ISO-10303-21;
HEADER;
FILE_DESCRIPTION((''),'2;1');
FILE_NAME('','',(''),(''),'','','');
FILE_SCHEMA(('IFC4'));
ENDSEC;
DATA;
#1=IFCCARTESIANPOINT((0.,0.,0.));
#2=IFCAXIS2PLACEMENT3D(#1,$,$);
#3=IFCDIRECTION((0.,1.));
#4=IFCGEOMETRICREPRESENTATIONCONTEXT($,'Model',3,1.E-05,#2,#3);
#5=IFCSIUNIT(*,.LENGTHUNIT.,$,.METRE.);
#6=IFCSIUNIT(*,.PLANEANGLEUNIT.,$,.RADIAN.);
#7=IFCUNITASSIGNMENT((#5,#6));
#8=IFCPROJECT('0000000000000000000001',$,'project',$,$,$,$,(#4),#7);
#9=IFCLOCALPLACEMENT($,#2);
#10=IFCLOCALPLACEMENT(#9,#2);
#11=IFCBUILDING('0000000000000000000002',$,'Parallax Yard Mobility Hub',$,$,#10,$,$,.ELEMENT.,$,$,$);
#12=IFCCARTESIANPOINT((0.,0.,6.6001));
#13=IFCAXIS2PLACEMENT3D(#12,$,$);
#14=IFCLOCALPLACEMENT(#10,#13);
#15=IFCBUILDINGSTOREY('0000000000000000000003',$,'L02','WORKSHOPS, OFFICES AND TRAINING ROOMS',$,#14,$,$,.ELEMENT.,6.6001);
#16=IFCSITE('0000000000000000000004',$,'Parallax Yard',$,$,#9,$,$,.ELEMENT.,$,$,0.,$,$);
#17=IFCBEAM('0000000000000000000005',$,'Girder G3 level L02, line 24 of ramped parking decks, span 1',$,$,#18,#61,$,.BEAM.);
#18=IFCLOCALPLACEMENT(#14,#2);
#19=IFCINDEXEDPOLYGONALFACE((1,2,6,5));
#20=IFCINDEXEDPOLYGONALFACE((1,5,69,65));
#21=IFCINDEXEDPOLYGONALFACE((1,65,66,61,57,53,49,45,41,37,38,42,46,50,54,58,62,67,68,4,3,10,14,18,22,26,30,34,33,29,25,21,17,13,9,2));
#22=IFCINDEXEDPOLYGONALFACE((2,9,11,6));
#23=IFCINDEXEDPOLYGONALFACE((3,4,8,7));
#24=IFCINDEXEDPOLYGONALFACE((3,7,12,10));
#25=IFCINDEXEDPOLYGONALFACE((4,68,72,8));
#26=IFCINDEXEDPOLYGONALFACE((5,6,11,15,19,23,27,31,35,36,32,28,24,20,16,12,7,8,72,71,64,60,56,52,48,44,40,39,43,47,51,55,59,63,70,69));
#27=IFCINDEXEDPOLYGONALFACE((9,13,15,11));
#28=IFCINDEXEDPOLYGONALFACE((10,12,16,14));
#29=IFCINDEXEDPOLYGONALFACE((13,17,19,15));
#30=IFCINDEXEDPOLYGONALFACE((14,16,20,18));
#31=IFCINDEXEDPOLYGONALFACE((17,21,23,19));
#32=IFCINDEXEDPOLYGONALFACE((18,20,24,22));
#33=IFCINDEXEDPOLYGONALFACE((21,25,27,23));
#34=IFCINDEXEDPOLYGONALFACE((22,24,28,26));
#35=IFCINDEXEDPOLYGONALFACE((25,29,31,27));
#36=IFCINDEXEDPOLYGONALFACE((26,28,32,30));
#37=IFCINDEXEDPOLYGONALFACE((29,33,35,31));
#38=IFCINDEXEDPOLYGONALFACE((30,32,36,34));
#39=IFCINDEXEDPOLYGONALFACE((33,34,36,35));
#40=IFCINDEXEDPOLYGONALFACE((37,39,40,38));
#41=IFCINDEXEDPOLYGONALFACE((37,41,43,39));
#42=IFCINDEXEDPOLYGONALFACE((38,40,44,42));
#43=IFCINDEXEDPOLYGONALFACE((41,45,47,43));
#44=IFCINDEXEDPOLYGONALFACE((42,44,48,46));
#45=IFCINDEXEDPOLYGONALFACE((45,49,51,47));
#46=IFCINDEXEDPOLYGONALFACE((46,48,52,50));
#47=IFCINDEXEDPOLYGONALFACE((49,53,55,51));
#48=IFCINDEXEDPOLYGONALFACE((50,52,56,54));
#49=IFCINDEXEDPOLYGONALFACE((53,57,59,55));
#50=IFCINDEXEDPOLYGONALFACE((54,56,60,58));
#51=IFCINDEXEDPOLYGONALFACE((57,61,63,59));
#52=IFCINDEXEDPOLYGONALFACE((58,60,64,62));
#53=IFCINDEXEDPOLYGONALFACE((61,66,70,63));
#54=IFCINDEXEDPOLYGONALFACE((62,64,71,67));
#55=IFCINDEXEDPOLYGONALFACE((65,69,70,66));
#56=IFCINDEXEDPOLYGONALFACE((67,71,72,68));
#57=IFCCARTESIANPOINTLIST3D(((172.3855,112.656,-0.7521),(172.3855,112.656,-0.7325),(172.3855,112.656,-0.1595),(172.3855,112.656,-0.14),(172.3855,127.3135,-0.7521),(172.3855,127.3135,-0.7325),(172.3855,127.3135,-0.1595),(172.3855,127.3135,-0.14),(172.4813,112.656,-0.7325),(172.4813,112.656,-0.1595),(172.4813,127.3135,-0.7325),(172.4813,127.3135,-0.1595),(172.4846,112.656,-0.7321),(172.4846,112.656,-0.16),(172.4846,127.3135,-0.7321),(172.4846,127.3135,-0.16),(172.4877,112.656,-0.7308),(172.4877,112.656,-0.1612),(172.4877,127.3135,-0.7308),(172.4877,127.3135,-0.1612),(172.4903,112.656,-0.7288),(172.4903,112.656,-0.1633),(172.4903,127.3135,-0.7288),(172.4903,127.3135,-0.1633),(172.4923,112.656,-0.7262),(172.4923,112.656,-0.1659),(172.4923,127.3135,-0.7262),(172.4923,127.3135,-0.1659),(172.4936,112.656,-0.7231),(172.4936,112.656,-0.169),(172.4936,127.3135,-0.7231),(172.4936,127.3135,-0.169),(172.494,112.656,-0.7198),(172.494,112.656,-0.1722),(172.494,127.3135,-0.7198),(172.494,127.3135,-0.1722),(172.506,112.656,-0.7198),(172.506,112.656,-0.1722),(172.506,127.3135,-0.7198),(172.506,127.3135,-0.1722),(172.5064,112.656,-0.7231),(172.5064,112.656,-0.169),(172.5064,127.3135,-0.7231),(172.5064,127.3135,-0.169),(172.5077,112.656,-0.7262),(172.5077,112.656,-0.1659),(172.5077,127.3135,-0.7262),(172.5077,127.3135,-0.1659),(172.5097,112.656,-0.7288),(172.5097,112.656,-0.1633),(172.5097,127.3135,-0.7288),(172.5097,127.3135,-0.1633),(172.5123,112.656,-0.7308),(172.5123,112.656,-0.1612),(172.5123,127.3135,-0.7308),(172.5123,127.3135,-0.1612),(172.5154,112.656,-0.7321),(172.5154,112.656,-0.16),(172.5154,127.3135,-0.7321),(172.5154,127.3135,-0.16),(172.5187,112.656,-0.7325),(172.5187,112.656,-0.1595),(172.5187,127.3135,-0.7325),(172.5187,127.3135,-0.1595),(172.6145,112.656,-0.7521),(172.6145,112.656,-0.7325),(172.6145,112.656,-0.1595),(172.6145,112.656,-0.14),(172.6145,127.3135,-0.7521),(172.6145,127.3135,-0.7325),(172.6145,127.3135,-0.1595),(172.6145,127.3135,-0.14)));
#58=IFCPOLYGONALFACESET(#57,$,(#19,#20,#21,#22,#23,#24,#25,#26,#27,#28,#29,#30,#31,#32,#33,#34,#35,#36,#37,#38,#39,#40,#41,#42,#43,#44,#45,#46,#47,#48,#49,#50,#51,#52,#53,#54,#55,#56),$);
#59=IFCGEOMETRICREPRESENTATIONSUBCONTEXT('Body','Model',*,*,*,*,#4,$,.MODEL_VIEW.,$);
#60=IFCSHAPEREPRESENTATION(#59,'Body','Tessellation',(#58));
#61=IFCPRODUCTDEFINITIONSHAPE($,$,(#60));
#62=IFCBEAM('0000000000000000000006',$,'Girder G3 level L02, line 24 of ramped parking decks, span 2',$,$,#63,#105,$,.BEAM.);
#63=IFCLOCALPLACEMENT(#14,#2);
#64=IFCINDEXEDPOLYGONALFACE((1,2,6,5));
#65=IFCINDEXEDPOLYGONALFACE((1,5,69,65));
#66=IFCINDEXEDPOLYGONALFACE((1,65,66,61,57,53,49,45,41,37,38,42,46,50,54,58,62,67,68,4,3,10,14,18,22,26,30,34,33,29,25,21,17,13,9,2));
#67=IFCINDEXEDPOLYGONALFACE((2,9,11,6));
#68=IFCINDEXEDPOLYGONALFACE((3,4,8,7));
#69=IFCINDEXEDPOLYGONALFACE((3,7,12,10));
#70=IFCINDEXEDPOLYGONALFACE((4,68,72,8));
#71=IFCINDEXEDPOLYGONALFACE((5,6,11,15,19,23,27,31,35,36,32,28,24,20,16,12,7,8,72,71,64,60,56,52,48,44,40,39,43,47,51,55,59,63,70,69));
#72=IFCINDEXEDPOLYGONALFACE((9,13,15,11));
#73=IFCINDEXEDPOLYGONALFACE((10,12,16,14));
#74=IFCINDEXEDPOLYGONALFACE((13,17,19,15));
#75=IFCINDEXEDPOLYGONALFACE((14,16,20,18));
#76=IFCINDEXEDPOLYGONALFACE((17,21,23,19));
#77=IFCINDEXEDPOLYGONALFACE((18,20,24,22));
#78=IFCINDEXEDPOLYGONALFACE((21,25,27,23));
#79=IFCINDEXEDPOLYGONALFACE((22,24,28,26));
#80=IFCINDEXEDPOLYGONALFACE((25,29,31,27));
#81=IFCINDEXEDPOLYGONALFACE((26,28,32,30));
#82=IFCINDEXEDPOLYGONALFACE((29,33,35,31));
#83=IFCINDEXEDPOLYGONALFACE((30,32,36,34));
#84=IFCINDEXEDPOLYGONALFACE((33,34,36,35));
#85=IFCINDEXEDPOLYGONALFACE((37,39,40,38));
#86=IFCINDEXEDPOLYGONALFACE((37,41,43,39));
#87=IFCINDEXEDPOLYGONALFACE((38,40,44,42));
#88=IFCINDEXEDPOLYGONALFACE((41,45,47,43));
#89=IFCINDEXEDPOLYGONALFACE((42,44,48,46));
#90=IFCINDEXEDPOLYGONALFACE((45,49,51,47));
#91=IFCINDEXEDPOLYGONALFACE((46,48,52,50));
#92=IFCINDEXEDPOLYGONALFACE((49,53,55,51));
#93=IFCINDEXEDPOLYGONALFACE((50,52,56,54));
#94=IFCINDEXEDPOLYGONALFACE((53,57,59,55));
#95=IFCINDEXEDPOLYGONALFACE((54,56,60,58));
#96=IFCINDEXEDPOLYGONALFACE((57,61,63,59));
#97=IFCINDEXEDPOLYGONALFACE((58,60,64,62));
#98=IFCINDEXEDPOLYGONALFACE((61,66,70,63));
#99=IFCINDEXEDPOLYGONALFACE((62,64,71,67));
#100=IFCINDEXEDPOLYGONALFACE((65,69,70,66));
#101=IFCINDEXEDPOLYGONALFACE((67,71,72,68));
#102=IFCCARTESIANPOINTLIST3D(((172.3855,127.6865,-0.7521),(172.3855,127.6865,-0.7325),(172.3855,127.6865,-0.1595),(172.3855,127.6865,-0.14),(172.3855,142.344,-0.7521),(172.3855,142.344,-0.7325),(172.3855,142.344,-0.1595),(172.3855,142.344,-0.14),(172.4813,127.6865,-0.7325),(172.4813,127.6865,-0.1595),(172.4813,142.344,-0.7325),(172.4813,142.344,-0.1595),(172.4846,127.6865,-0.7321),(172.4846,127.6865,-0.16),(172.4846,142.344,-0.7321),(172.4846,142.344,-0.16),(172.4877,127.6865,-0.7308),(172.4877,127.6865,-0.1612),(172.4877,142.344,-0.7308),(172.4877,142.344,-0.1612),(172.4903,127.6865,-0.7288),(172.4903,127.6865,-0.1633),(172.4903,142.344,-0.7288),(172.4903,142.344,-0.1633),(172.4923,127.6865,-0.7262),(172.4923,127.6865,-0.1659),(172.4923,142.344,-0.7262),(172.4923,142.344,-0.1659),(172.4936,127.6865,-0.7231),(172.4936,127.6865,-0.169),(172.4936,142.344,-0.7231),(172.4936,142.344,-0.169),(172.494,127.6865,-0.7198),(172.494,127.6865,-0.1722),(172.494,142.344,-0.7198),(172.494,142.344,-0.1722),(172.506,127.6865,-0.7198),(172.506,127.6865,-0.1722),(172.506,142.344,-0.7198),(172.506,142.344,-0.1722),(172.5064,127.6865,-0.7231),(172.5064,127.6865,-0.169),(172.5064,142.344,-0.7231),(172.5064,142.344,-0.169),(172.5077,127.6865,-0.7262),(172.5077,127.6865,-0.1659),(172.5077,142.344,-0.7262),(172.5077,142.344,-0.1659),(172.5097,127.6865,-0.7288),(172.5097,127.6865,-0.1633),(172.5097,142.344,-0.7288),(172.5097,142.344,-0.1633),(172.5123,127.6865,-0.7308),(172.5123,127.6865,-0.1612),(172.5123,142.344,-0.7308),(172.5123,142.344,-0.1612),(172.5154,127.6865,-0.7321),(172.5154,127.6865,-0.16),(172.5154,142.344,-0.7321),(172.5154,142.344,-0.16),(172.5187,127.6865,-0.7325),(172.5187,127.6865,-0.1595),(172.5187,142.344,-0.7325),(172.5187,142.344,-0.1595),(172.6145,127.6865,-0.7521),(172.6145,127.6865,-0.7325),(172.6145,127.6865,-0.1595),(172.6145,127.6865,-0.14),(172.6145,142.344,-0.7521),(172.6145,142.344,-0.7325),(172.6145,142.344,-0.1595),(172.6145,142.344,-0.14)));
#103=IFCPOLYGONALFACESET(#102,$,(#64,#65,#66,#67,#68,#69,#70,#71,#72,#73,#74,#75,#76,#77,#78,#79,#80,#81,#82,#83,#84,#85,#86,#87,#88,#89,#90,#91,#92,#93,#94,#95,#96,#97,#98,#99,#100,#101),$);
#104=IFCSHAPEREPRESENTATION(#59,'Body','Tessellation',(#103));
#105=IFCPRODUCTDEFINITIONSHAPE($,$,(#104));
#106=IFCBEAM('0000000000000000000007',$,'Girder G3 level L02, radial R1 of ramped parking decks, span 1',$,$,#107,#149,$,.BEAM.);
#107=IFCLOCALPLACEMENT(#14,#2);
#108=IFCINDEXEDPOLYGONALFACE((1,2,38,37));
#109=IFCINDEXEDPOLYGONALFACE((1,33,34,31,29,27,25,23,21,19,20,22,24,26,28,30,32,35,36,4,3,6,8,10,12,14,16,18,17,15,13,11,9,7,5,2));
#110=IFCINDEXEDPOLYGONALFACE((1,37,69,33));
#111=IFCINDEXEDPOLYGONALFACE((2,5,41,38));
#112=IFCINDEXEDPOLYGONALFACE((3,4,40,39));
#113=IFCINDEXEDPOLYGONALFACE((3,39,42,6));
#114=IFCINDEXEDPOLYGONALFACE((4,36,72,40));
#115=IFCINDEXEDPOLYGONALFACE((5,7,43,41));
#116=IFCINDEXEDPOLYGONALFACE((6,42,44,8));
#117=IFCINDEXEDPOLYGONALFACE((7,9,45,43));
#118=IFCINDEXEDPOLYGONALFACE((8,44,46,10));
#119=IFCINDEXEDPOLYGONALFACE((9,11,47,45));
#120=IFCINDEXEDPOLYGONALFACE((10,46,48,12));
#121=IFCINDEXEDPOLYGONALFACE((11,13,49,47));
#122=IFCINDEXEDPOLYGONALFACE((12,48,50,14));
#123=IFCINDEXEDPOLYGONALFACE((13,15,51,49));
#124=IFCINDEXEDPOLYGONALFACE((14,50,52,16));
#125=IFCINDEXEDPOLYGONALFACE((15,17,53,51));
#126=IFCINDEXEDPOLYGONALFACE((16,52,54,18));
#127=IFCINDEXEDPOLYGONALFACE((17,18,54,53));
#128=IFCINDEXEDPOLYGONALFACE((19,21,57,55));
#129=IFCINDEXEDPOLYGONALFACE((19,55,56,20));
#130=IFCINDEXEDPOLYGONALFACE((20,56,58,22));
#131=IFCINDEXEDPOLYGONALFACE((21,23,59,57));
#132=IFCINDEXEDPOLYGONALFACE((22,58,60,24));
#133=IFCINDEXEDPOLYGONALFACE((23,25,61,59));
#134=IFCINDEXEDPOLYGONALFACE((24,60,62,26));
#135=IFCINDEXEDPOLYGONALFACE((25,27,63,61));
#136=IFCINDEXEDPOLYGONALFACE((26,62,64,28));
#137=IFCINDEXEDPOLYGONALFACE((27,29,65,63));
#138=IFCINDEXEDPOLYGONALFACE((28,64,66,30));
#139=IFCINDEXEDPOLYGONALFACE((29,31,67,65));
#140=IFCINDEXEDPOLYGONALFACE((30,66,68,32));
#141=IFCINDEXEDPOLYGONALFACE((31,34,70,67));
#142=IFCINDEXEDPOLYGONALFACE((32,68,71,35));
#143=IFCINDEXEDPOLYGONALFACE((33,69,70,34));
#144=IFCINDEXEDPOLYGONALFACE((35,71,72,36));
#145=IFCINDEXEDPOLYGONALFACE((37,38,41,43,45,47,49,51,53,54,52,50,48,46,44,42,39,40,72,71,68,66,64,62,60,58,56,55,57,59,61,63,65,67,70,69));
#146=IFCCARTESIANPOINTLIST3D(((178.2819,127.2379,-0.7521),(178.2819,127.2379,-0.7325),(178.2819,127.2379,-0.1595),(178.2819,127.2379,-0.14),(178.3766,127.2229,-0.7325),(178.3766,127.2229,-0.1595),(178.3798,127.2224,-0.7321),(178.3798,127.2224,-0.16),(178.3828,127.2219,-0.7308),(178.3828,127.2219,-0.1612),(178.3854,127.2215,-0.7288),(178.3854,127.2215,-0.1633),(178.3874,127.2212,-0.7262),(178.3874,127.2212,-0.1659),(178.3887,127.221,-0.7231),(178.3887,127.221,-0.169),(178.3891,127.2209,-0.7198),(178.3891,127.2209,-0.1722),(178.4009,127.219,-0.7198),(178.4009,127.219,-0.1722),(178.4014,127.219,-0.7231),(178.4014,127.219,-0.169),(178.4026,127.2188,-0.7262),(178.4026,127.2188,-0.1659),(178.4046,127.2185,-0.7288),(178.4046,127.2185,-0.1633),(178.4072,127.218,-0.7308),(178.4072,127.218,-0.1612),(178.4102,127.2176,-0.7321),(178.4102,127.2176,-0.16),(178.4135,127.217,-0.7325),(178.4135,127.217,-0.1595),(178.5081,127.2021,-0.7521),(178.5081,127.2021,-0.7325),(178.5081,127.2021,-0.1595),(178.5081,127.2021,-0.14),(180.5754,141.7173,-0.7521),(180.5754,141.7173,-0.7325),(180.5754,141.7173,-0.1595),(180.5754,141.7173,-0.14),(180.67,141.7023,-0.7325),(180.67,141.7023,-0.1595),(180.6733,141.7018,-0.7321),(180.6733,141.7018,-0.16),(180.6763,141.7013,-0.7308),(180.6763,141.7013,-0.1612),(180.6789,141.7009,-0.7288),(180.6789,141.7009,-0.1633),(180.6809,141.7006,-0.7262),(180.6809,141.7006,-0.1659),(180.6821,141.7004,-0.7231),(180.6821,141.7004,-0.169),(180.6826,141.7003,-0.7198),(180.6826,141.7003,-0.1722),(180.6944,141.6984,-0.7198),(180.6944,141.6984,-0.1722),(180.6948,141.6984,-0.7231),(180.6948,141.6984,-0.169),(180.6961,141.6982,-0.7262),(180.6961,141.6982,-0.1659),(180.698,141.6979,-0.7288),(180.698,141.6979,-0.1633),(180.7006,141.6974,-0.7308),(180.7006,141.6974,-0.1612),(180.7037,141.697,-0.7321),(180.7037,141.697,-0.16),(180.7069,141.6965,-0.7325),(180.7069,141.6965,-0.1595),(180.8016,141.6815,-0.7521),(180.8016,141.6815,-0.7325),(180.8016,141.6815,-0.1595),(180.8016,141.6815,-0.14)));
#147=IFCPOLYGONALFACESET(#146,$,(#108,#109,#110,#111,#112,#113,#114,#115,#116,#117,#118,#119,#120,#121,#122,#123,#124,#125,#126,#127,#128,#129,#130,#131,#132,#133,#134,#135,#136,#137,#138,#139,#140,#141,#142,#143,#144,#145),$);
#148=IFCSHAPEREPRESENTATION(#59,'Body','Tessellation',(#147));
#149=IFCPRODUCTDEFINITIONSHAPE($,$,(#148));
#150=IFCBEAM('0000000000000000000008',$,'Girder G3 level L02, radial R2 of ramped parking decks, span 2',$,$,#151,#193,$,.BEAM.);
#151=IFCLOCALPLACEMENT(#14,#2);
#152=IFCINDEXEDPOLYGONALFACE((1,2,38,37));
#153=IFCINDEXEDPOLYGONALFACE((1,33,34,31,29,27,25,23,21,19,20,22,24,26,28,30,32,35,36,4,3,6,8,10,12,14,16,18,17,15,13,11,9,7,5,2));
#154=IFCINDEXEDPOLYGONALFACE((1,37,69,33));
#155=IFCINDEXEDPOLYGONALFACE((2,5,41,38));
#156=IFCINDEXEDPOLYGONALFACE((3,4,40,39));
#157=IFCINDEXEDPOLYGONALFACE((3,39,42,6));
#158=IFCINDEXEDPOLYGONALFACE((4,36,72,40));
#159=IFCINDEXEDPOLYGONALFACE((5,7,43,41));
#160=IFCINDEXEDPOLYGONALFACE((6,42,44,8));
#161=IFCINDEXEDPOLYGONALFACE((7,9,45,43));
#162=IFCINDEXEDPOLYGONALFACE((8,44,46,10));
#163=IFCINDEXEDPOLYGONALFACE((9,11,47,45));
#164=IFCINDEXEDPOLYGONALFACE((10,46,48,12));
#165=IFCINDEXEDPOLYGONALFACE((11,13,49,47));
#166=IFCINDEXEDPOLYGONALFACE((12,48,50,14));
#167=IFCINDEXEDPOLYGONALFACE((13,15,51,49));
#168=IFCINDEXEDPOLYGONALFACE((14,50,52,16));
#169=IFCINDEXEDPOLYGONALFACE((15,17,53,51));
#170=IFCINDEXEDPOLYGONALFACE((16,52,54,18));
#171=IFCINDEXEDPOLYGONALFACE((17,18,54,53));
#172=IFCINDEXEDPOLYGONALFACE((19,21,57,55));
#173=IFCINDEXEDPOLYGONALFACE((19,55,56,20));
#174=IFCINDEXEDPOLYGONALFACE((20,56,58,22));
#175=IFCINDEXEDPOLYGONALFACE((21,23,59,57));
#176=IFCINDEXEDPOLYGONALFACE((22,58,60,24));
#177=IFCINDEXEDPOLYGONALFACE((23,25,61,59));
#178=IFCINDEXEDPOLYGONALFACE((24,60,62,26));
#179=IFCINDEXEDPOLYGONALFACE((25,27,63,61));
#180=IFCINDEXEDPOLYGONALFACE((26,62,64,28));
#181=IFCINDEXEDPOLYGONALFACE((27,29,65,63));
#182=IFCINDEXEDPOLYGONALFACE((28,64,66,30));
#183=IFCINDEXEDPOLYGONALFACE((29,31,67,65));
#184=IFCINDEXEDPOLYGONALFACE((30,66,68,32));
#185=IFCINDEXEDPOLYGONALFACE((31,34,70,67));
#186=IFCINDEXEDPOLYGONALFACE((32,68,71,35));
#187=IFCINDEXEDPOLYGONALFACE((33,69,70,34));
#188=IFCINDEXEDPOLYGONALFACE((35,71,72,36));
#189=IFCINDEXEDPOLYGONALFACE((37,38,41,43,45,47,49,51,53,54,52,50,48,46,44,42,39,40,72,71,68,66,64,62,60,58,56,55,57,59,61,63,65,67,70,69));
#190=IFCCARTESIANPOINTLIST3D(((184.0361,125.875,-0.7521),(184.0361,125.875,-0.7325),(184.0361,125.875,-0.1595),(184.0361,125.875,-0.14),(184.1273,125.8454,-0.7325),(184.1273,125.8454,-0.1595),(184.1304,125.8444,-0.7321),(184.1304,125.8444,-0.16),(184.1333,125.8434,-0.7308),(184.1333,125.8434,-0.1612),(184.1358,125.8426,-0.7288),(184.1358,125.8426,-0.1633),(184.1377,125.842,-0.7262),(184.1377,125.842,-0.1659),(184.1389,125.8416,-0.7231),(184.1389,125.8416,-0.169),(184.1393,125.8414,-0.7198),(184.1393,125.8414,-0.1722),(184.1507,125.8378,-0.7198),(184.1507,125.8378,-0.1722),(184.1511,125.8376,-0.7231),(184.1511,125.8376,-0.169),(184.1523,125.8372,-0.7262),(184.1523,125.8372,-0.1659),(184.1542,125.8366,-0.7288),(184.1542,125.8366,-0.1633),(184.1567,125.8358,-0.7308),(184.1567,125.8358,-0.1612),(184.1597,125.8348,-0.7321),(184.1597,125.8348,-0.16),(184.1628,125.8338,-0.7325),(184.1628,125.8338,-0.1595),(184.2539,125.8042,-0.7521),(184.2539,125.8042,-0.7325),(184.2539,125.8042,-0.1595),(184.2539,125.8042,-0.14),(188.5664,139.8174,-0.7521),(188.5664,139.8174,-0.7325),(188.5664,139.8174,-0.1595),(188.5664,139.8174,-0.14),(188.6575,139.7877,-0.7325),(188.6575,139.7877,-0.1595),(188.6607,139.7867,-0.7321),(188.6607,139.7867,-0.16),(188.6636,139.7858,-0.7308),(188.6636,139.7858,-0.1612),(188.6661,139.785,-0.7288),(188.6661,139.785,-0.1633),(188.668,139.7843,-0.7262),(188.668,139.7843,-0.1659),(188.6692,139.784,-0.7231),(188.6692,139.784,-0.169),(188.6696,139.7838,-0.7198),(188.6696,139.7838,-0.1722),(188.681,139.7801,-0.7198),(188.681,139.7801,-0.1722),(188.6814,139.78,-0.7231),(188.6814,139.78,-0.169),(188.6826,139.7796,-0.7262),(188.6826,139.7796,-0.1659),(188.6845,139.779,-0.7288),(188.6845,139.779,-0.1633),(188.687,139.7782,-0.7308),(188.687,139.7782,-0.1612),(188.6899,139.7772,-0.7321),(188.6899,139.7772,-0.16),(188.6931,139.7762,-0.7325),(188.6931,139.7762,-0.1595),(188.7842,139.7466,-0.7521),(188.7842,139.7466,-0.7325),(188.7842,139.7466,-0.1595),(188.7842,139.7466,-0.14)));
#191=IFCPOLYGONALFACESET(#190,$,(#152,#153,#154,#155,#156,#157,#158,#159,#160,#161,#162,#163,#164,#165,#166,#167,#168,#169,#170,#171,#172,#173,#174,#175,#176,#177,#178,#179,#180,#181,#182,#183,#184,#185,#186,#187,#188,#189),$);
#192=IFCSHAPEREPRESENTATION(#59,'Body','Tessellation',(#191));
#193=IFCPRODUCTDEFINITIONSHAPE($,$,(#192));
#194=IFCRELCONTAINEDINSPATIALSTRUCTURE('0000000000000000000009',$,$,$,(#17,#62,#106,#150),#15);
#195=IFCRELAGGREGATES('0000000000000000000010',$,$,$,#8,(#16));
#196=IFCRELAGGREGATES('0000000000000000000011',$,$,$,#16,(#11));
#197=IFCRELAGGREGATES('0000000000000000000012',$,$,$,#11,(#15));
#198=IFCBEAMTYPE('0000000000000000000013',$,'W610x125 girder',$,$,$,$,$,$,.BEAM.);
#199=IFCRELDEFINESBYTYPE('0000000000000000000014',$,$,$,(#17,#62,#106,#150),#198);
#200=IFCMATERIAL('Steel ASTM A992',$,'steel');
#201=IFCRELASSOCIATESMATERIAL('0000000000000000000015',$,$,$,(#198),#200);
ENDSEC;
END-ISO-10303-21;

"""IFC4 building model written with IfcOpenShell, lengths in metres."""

from ifc_helpers import new_model, si_unit, direction, frame, origin, origin_2d, place, context, subcontext, project, spatial, i_section, extrude, material, material_profile, profile_set, type_object, element, save


model = new_model("IFC4")

# Units and contexts
model_context = context("Model", 3, precision=1e-05, world=origin(), true_north=direction((0.0, 1.0)))
body_context = subcontext(model_context, "Body", "Model", "MODEL_VIEW")
ifc_project = project(units=[si_unit("LENGTHUNIT", "METRE"), si_unit("PLANEANGLEUNIT", "RADIAN")], contexts=[model_context])

# Site, building, storey
site_placement = place(None, origin())
site = spatial("IfcSite", under=ifc_project, at=site_placement, Name="Parallax Yard", CompositionType="ELEMENT", RefElevation=0.0)
building_placement = place(site_placement, origin())
building = spatial("IfcBuilding", under=site, at=building_placement, Name="Parallax Yard Mobility Hub", CompositionType="ELEMENT")
storey_placement = place(building_placement, frame((0.0, 0.0, 6.6001)))
storey = spatial("IfcBuildingStorey", under=building, at=storey_placement, Name="L02", Description="WORKSHOPS, OFFICES AND TRAINING ROOMS", CompositionType="ELEMENT", Elevation=6.6001)

# Shared definitions
ifc_material_1 = material(Name="Steel ASTM A992", Category="steel")

# Beams
ifc_material_profile_1 = material_profile(ifc_material_1, i_section(OverallWidth=0.229, OverallDepth=0.6121, WebThickness=0.012, FlangeThickness=0.0195, FilletRadius=0.0127, at=origin_2d()), Name="W610x125")
ifc_profile_set_1 = profile_set([ifc_material_profile_1], Name="Steel ASTM A992")
beam_type_1 = type_object("IfcBeamType", Name="W610x125 girder", PredefinedType="BEAM", material=ifc_profile_set_1)
for number, where, z_axis, x_axis, name in (
    (1, (172.5, 112.656, -0.446), (0.0, 1.0, 0.0), (-1.0, 0.0, 0.0), "Girder G3 level L02, line 24 of ramped parking decks, span 1"),
    (2, (172.5, 127.6865, -0.446), (0.0, 1.0, 0.0), (-1.0, 0.0, 0.0), "Girder G3 level L02, line 24 of ramped parking decks, span 2"),
):
    element("IfcBeam", number, at=place(storey_placement, frame(where, z_axis=z_axis, x_axis=x_axis)), inside=storey, type_object=beam_type_1, Name=name, PredefinedType="BEAM", context=body_context, shape_type="SweptSolid", body=[
        extrude(i_section(OverallWidth=0.229, OverallDepth=0.6121, WebThickness=0.012, FlangeThickness=0.0195, FilletRadius=0.0127, at=origin_2d()), origin(), (0.0, 0.0, 1.0), 14.6575),
    ])
for number, where, z_axis, x_axis, name in (
    (3, (178.395, 127.22, -0.446), (0.156443, 0.987687, 0.0), (-0.987687, 0.156443, 0.0), "Girder G3 level L02, radial R1 of ramped parking decks, span 1"),
    (4, (184.145, 125.8396, -0.446), (0.309024, 0.951054, 0.0), (-0.951054, 0.309024, 0.0), "Girder G3 level L02, radial R2 of ramped parking decks, span 2"),
):
    element("IfcBeam", number, at=place(storey_placement, frame(where, z_axis=z_axis, x_axis=x_axis)), inside=storey, type_object=beam_type_1, Name=name, PredefinedType="BEAM", context=body_context, shape_type="SweptSolid", body=[
        extrude(i_section(OverallWidth=0.229, OverallDepth=0.6121, WebThickness=0.012, FlangeThickness=0.0195, FilletRadius=0.0127, at=origin_2d()), origin(), (0.0, 0.0, 1.0), 14.6599),
    ])

save(model, "model.ifc")
